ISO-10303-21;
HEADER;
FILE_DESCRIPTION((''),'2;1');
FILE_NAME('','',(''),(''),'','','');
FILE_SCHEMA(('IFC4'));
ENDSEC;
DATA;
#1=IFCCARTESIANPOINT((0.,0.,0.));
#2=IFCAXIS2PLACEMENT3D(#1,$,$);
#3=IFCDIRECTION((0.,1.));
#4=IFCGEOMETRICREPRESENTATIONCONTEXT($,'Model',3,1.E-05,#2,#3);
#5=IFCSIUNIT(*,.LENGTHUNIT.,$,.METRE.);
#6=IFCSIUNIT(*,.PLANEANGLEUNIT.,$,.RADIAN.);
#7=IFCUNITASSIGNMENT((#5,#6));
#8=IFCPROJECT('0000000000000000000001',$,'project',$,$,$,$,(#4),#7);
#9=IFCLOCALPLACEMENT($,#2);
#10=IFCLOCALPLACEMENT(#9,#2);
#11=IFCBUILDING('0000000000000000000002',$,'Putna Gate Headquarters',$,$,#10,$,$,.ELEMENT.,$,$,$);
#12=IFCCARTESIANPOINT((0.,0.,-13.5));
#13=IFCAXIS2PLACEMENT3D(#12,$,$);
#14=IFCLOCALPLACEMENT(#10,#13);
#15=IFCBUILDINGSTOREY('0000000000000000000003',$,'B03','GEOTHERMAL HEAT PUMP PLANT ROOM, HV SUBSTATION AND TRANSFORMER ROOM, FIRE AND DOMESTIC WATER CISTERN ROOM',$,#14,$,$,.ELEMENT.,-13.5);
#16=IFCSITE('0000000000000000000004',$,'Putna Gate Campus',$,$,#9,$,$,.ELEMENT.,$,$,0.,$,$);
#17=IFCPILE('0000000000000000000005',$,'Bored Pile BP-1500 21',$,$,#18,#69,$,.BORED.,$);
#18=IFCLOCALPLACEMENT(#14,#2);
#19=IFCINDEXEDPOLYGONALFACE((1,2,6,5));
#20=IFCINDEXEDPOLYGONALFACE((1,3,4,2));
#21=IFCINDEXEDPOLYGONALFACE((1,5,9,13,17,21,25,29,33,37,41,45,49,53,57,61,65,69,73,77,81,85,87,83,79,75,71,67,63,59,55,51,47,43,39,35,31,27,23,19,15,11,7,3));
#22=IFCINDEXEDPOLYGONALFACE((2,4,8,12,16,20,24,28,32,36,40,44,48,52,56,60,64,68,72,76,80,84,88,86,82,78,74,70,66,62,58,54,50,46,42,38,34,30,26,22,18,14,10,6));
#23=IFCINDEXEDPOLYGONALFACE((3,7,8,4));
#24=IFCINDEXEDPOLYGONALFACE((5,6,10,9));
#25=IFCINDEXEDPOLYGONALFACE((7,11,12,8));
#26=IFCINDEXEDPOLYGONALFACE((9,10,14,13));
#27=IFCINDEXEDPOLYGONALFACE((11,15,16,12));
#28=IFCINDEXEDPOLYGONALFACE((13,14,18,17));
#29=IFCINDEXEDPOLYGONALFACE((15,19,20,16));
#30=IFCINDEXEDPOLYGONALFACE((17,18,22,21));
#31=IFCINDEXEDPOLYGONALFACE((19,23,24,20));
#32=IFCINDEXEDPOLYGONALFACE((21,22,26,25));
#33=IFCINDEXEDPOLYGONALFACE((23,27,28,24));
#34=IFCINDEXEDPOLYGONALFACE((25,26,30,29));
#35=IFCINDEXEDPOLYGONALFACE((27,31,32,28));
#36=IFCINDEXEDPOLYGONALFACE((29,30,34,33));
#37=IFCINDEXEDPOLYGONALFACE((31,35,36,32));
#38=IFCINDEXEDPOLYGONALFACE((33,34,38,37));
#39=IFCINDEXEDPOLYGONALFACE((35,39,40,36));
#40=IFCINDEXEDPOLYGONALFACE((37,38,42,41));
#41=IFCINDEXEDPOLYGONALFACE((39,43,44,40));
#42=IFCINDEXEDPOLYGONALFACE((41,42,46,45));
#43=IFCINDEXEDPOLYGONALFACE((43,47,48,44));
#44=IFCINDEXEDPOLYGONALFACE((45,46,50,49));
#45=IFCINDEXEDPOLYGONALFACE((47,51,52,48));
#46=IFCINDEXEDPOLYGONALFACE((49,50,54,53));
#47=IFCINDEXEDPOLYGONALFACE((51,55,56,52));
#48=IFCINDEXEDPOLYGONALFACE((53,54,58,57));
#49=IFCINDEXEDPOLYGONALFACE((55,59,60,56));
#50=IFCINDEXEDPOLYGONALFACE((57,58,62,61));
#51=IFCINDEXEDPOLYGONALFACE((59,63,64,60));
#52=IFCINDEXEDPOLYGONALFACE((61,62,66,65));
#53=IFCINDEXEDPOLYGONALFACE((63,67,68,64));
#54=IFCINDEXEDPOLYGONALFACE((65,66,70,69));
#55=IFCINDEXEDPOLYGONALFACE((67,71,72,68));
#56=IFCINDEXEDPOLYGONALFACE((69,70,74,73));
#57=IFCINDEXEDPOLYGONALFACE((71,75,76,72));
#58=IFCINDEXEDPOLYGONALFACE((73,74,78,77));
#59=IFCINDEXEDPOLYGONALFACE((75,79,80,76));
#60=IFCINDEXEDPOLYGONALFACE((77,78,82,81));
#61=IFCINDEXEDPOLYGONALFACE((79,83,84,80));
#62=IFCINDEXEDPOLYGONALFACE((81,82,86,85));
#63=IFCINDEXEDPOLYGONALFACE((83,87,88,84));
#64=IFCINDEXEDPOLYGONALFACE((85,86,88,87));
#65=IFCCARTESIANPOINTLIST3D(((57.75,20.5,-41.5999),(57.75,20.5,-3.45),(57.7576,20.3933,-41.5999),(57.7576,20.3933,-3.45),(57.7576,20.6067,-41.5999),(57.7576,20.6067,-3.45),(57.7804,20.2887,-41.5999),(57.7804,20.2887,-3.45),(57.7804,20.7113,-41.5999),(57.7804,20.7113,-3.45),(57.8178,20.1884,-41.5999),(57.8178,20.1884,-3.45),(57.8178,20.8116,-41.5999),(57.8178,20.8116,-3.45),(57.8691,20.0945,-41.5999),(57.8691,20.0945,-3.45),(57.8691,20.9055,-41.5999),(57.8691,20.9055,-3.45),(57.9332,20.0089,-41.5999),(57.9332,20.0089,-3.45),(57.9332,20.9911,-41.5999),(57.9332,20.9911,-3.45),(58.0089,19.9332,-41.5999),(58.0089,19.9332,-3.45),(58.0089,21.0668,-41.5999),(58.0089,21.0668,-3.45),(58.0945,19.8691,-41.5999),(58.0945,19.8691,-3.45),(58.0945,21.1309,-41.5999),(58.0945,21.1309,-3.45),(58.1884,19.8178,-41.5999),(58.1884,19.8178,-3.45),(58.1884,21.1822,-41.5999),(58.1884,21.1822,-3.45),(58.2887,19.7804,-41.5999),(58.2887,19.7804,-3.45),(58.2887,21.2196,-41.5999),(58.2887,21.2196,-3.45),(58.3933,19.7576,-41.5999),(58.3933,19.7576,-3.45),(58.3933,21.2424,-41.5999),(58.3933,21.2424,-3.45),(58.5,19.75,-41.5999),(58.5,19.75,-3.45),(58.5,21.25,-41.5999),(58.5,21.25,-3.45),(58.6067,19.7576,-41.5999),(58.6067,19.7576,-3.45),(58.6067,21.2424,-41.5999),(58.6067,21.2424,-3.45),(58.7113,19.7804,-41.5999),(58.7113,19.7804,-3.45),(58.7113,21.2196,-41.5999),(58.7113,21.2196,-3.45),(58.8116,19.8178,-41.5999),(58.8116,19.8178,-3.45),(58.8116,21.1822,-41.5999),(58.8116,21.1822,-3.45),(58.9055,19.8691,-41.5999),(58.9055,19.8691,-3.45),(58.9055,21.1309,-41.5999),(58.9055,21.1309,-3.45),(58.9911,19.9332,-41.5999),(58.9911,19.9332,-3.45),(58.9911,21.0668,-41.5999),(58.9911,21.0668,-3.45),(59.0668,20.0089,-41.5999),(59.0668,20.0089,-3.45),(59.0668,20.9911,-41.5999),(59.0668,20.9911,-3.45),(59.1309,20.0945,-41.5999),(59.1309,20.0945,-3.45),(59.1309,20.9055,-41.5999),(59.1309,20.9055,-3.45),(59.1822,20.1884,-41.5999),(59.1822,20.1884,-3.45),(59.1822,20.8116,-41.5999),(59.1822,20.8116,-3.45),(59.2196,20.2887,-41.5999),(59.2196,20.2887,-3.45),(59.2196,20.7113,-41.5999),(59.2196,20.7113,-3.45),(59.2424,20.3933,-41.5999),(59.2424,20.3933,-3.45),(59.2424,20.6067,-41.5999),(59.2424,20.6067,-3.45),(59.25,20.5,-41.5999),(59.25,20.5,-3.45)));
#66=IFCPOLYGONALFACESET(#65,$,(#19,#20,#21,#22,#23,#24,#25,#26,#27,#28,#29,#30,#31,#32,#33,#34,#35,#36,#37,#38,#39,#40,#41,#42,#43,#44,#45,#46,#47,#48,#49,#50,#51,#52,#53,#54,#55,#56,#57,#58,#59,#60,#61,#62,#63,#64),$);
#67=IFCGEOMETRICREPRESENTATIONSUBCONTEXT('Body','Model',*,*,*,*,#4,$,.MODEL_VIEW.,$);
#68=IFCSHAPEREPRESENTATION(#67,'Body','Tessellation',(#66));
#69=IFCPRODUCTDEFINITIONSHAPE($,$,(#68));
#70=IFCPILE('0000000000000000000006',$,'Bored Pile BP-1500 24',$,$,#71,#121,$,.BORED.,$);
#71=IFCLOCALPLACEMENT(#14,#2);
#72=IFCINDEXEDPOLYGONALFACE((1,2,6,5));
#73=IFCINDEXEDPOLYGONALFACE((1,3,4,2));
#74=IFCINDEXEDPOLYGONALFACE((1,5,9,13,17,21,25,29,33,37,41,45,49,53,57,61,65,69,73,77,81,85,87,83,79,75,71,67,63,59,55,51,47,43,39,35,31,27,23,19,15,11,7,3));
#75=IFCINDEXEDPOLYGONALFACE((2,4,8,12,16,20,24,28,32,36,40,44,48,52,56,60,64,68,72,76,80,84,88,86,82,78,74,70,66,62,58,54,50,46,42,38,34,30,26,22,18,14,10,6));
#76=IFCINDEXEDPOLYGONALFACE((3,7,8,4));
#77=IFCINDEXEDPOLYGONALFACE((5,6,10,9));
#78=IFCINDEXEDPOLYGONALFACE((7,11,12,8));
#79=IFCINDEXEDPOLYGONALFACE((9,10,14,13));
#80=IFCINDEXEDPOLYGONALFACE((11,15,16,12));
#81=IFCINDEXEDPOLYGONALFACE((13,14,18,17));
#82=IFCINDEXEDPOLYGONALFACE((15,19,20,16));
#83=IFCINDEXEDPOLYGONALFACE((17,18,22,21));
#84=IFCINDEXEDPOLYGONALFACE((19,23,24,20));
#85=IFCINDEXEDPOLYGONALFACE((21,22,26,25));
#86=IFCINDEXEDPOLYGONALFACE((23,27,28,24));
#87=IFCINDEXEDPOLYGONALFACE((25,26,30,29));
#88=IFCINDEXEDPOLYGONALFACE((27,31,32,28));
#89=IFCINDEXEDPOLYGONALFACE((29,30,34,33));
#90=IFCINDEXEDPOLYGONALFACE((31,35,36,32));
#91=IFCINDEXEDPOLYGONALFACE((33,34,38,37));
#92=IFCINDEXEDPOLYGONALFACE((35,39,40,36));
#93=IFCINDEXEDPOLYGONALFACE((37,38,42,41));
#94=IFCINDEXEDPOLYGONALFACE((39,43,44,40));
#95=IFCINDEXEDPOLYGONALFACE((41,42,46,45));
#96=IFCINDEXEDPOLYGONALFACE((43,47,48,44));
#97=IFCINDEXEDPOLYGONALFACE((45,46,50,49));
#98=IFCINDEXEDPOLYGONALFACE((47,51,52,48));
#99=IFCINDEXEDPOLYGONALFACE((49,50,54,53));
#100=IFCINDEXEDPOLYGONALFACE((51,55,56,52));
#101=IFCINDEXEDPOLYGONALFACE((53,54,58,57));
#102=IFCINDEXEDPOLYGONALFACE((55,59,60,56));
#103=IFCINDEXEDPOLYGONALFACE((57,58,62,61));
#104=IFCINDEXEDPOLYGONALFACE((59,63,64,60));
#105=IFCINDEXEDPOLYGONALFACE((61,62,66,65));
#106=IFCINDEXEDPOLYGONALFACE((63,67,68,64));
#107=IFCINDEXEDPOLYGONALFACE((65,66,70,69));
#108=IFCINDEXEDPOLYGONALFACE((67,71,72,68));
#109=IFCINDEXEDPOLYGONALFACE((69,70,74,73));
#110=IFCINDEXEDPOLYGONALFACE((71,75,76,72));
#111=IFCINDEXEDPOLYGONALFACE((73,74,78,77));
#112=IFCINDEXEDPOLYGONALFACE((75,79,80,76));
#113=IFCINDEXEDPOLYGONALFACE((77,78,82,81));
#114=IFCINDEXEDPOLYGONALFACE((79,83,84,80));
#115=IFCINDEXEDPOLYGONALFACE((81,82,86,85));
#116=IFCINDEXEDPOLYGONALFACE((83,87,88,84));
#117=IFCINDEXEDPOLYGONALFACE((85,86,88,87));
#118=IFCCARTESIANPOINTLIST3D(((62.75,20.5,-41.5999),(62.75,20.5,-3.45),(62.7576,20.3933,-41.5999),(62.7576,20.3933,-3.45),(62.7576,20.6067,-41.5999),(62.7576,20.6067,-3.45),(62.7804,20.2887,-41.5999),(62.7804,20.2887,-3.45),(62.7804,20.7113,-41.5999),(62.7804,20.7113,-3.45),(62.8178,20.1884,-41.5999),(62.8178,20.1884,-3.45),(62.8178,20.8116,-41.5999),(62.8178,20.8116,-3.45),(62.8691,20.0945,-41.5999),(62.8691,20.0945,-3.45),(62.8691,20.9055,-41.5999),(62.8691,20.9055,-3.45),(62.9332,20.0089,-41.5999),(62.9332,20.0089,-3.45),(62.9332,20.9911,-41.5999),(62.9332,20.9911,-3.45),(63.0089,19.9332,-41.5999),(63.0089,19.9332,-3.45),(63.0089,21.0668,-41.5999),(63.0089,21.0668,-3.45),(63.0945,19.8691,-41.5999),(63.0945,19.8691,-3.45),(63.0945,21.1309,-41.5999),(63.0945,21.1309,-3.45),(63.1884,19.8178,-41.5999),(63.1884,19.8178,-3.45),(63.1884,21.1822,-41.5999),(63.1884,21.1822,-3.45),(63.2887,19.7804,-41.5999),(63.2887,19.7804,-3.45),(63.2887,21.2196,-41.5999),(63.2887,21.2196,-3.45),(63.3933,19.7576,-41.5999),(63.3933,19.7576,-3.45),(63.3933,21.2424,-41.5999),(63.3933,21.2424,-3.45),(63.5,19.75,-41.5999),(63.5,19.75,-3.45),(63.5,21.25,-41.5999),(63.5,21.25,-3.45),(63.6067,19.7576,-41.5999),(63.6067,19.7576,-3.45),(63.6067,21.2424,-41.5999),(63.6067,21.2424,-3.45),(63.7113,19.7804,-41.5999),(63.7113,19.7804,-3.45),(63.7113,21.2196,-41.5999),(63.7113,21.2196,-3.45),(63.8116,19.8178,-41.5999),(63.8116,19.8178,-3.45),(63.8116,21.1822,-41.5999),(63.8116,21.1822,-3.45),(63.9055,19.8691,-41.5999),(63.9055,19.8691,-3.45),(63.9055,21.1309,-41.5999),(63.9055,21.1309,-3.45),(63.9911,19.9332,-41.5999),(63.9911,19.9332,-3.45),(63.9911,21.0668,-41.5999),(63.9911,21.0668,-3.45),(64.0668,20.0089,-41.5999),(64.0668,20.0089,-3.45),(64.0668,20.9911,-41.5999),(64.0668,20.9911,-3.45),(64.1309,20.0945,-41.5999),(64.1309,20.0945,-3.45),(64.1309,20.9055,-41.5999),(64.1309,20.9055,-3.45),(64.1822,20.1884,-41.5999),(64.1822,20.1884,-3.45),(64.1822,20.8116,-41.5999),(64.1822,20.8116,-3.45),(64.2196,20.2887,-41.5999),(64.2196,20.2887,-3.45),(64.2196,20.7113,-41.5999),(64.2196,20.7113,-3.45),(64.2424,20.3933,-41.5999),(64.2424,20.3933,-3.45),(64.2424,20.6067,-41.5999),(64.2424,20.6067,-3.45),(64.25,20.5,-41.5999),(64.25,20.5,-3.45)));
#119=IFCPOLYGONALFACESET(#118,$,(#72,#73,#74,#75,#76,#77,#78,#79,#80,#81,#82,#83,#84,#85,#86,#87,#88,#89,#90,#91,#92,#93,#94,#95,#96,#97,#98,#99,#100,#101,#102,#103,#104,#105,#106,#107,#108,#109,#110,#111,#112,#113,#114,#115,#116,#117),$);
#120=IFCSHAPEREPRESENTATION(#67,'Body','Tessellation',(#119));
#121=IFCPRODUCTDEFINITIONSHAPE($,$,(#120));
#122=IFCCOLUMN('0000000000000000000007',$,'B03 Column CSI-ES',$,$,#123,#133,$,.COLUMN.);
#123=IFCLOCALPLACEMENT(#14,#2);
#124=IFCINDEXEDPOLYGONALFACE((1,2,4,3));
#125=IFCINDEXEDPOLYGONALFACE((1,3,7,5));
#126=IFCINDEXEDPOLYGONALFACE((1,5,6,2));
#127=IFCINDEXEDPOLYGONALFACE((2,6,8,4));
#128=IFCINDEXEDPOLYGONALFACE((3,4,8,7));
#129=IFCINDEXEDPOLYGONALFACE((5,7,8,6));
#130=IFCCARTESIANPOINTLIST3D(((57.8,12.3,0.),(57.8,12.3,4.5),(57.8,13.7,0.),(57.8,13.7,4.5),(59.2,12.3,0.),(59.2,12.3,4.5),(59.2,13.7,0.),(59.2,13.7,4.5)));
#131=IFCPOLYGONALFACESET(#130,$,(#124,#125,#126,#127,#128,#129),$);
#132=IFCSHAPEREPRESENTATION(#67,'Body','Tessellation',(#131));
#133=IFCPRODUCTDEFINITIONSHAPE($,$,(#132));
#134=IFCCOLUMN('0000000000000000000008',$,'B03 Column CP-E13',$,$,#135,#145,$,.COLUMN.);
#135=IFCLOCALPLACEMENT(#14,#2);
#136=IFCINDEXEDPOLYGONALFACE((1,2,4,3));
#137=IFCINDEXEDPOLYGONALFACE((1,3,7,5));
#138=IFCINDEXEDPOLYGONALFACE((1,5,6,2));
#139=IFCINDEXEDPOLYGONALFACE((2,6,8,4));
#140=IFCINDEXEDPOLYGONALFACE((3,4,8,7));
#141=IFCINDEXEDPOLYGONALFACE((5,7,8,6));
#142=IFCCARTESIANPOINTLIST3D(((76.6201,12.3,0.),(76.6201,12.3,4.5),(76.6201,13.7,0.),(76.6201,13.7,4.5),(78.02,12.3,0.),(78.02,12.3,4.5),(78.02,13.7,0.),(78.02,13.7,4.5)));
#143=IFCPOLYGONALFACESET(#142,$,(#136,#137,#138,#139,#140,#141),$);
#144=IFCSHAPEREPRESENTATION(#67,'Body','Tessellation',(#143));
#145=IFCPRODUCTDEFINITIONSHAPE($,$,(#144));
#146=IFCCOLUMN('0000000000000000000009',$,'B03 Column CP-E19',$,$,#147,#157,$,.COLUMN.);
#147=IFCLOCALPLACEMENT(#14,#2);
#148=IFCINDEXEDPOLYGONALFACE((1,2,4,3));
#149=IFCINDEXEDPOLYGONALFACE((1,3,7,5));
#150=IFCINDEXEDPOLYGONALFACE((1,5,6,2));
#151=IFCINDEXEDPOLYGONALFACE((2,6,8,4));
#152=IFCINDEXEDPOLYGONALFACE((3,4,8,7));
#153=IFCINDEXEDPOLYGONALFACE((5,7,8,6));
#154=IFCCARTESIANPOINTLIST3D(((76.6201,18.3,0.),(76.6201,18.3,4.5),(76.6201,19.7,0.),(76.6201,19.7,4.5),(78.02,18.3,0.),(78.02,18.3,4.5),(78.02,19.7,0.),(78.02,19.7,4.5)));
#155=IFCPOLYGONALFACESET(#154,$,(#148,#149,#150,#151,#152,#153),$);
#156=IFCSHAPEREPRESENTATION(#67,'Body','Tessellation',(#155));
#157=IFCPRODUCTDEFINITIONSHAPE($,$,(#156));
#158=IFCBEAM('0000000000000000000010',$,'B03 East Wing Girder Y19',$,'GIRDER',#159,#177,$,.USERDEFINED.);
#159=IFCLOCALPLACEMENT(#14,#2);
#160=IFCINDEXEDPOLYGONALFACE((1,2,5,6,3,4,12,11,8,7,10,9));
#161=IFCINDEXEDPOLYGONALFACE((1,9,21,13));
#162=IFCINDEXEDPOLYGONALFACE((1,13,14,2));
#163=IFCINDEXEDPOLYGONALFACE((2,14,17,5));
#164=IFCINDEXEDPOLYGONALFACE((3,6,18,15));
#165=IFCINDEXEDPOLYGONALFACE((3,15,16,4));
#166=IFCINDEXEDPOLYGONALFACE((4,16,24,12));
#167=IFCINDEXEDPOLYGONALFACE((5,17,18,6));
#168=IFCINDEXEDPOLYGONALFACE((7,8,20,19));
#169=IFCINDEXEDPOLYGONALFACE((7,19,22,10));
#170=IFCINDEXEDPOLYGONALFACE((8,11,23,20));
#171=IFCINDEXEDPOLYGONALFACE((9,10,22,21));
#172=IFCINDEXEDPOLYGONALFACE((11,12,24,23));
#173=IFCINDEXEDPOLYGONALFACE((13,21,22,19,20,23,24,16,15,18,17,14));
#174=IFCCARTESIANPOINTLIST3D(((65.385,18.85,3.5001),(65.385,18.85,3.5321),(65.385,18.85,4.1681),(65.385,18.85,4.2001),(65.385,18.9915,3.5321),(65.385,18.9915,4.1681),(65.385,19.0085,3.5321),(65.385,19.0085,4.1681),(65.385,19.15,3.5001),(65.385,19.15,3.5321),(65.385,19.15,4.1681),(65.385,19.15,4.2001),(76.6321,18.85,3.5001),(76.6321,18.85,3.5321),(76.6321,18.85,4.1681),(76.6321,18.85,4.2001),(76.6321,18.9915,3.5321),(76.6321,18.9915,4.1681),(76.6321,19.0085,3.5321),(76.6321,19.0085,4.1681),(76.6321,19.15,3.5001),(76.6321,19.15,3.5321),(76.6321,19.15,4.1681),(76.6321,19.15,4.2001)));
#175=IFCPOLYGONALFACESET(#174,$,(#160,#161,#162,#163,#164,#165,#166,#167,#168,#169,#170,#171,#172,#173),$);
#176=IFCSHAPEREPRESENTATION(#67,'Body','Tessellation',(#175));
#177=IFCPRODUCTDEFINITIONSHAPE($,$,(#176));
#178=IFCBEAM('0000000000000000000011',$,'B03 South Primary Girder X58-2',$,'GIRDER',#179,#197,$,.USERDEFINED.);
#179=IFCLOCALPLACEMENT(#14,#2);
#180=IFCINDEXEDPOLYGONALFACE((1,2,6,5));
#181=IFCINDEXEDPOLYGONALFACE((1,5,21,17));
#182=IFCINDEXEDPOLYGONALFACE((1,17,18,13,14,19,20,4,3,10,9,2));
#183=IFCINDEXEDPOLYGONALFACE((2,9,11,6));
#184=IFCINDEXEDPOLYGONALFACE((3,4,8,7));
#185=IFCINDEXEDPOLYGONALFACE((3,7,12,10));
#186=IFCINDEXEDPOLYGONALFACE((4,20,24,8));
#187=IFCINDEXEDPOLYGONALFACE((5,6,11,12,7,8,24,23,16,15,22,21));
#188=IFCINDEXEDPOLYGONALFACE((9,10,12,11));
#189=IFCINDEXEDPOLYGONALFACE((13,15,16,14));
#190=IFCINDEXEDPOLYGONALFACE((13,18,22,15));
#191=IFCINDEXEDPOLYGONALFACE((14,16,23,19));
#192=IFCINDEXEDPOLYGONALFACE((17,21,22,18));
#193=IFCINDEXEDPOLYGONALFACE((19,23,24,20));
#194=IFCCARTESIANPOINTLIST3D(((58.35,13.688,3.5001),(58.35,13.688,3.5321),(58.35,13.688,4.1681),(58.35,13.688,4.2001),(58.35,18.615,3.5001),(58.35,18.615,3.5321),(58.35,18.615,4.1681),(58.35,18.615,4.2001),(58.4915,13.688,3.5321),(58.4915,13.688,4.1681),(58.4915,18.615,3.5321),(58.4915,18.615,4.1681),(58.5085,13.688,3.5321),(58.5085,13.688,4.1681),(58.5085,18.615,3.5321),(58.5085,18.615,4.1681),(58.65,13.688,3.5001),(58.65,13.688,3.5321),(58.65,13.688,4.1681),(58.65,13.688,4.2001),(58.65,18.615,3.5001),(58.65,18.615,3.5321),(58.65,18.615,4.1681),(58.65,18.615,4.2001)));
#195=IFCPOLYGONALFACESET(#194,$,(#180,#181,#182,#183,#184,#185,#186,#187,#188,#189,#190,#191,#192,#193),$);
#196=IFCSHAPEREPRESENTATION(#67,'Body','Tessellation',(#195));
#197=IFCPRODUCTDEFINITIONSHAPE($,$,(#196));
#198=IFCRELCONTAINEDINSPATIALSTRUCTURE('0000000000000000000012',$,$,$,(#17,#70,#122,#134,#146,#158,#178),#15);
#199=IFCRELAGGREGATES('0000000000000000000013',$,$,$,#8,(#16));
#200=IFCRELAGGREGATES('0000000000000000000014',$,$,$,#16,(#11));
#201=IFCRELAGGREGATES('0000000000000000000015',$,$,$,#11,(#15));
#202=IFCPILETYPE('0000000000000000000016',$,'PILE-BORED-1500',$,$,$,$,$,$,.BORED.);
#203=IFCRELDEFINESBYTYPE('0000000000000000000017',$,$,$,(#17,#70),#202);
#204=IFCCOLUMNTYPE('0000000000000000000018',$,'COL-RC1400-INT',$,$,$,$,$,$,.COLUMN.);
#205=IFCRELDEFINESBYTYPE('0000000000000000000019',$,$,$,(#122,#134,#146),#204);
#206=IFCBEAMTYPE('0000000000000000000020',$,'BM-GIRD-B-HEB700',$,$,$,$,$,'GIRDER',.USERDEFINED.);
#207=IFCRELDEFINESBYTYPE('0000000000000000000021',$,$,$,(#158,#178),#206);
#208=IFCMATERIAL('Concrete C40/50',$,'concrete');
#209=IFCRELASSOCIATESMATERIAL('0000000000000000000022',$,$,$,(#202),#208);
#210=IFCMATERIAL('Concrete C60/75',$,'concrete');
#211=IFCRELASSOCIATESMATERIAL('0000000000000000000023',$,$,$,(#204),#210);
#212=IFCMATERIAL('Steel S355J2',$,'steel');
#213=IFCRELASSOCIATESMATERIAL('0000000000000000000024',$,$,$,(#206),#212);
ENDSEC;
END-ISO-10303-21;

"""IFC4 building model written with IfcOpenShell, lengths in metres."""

from ifc_helpers import new_model, si_unit, direction, frame, origin, origin_2d, place, context, subcontext, project, spatial, rectangle, circle, i_section, extrude, material, material_profile, profile_set, type_object, element, save


model = new_model("IFC4")

# Units and contexts
model_context = context("Model", 3, precision=1e-05, world=origin(), true_north=direction((0.0, 1.0)))
body_context = subcontext(model_context, "Body", "Model", "MODEL_VIEW")
ifc_project = project(units=[si_unit("LENGTHUNIT", "METRE"), si_unit("PLANEANGLEUNIT", "RADIAN")], contexts=[model_context])

# Site, building, storey
site_placement = place(None, origin())
site = spatial("IfcSite", under=ifc_project, at=site_placement, Name="Putna Gate Campus", CompositionType="ELEMENT", RefElevation=0.0)
building_placement = place(site_placement, origin())
building = spatial("IfcBuilding", under=site, at=building_placement, Name="Putna Gate Headquarters", CompositionType="ELEMENT")
storey_placement = place(building_placement, frame((0.0, 0.0, -13.5)))
storey = spatial("IfcBuildingStorey", under=building, at=storey_placement, Name="B03", Description="GEOTHERMAL HEAT PUMP PLANT ROOM, HV SUBSTATION AND TRANSFORMER ROOM, FIRE AND DOMESTIC WATER CISTERN ROOM", CompositionType="ELEMENT", Elevation=-13.5)

# Piles
ifc_material_1 = material(Name="Concrete C40/50", Category="concrete")
ifc_material_profile_1 = material_profile(ifc_material_1, circle(Radius=0.75, at=origin_2d()), Name="Concrete C40/50")
ifc_profile_set_1 = profile_set([ifc_material_profile_1], Name="Concrete C40/50")
pile_type_1 = type_object("IfcPileType", Name="PILE-BORED-1500", PredefinedType="BORED", material=ifc_profile_set_1)
for number, where, z_axis, x_axis, name in (
    (1, (58.5, 20.5, -3.45), (0.0, 0.0, -1.0), (1.0, 0.0, 0.0), "Bored Pile BP-1500 21"),
    (2, (63.5, 20.5, -3.45), (0.0, 0.0, -1.0), (1.0, 0.0, 0.0), "Bored Pile BP-1500 24"),
):
    element("IfcPile", number, at=place(storey_placement, frame(where, z_axis=z_axis, x_axis=x_axis)), inside=storey, type_object=pile_type_1, Name=name, PredefinedType="BORED", context=body_context, shape_type="SweptSolid", body=[
        extrude(circle(Radius=0.75, at=origin_2d()), origin(), (0.0, 0.0, 1.0), 38.1499),
    ])

# Columns
ifc_material_2 = material(Name="Concrete C60/75", Category="concrete")
ifc_material_profile_2 = material_profile(ifc_material_2, rectangle(XDim=1.3999, YDim=1.3999, at=origin_2d()), Name="Concrete C60/75")
ifc_profile_set_2 = profile_set([ifc_material_profile_2], Name="Concrete C60/75")
column_type = type_object("IfcColumnType", Name="COL-RC1400-INT", PredefinedType="COLUMN", material=ifc_profile_set_2)
for number, where, z_axis, x_axis, name in (
    (3, (58.5, 13.0, 0.0), (0.0, 0.0, 1.0), (1.0, 0.0, 0.0), "B03 Column CSI-ES"),
    (4, (77.3201, 13.0, 0.0), (0.0, 0.0, 1.0), (1.0, 0.0, 0.0), "B03 Column CP-E13"),
    (5, (77.3201, 19.0, 0.0), (0.0, 0.0, 1.0), (1.0, 0.0, 0.0), "B03 Column CP-E19"),
):
    element("IfcColumn", number, at=place(storey_placement, frame(where, z_axis=z_axis, x_axis=x_axis)), inside=storey, type_object=column_type, Name=name, PredefinedType="COLUMN", context=body_context, shape_type="SweptSolid", body=[
        extrude(rectangle(XDim=1.3999, YDim=1.3999, at=origin_2d()), origin(), (0.0, 0.0, 1.0), 4.5),
    ])

# Beams
ifc_material_3 = material(Name="Steel S355J2", Category="steel")
ifc_material_profile_3 = material_profile(ifc_material_3, i_section(OverallWidth=0.3, OverallDepth=0.7, WebThickness=0.0171, FlangeThickness=0.032, at=origin_2d()), Name="Steel S355J2")
ifc_profile_set_3 = profile_set([ifc_material_profile_3], Name="Steel S355J2")
beam_type_1 = type_object("IfcBeamType", Name="BM-GIRD-B-HEB700", ElementType="GIRDER", PredefinedType="USERDEFINED", material=ifc_profile_set_3)
beam_1_placement = place(storey_placement, frame((65.385, 19.0, 3.8501), z_axis=(1.0, 0.0, 0.0), x_axis=(0.0, 1.0, 0.0)))
element("IfcBeam", 6, at=beam_1_placement, inside=storey, type_object=beam_type_1, Name="B03 East Wing Girder Y19", ObjectType="GIRDER", PredefinedType="USERDEFINED", context=body_context, shape_type="SweptSolid", body=[
    extrude(i_section(OverallWidth=0.3, OverallDepth=0.7, WebThickness=0.0171, FlangeThickness=0.032, at=origin_2d()), origin(), (0.0, 0.0, 1.0), 11.2471),
])
beam_2_placement = place(storey_placement, frame((58.5, 13.688, 3.8501), z_axis=(0.0, 1.0, 0.0), x_axis=(-1.0, 0.0, 0.0)))
element("IfcBeam", 7, at=beam_2_placement, inside=storey, type_object=beam_type_1, Name="B03 South Primary Girder X58-2", ObjectType="GIRDER", PredefinedType="USERDEFINED", context=body_context, shape_type="SweptSolid", body=[
    extrude(i_section(OverallWidth=0.3, OverallDepth=0.7, WebThickness=0.0171, FlangeThickness=0.032, at=origin_2d()), origin(), (0.0, 0.0, 1.0), 4.927),
])

save(model, "model.ifc")
